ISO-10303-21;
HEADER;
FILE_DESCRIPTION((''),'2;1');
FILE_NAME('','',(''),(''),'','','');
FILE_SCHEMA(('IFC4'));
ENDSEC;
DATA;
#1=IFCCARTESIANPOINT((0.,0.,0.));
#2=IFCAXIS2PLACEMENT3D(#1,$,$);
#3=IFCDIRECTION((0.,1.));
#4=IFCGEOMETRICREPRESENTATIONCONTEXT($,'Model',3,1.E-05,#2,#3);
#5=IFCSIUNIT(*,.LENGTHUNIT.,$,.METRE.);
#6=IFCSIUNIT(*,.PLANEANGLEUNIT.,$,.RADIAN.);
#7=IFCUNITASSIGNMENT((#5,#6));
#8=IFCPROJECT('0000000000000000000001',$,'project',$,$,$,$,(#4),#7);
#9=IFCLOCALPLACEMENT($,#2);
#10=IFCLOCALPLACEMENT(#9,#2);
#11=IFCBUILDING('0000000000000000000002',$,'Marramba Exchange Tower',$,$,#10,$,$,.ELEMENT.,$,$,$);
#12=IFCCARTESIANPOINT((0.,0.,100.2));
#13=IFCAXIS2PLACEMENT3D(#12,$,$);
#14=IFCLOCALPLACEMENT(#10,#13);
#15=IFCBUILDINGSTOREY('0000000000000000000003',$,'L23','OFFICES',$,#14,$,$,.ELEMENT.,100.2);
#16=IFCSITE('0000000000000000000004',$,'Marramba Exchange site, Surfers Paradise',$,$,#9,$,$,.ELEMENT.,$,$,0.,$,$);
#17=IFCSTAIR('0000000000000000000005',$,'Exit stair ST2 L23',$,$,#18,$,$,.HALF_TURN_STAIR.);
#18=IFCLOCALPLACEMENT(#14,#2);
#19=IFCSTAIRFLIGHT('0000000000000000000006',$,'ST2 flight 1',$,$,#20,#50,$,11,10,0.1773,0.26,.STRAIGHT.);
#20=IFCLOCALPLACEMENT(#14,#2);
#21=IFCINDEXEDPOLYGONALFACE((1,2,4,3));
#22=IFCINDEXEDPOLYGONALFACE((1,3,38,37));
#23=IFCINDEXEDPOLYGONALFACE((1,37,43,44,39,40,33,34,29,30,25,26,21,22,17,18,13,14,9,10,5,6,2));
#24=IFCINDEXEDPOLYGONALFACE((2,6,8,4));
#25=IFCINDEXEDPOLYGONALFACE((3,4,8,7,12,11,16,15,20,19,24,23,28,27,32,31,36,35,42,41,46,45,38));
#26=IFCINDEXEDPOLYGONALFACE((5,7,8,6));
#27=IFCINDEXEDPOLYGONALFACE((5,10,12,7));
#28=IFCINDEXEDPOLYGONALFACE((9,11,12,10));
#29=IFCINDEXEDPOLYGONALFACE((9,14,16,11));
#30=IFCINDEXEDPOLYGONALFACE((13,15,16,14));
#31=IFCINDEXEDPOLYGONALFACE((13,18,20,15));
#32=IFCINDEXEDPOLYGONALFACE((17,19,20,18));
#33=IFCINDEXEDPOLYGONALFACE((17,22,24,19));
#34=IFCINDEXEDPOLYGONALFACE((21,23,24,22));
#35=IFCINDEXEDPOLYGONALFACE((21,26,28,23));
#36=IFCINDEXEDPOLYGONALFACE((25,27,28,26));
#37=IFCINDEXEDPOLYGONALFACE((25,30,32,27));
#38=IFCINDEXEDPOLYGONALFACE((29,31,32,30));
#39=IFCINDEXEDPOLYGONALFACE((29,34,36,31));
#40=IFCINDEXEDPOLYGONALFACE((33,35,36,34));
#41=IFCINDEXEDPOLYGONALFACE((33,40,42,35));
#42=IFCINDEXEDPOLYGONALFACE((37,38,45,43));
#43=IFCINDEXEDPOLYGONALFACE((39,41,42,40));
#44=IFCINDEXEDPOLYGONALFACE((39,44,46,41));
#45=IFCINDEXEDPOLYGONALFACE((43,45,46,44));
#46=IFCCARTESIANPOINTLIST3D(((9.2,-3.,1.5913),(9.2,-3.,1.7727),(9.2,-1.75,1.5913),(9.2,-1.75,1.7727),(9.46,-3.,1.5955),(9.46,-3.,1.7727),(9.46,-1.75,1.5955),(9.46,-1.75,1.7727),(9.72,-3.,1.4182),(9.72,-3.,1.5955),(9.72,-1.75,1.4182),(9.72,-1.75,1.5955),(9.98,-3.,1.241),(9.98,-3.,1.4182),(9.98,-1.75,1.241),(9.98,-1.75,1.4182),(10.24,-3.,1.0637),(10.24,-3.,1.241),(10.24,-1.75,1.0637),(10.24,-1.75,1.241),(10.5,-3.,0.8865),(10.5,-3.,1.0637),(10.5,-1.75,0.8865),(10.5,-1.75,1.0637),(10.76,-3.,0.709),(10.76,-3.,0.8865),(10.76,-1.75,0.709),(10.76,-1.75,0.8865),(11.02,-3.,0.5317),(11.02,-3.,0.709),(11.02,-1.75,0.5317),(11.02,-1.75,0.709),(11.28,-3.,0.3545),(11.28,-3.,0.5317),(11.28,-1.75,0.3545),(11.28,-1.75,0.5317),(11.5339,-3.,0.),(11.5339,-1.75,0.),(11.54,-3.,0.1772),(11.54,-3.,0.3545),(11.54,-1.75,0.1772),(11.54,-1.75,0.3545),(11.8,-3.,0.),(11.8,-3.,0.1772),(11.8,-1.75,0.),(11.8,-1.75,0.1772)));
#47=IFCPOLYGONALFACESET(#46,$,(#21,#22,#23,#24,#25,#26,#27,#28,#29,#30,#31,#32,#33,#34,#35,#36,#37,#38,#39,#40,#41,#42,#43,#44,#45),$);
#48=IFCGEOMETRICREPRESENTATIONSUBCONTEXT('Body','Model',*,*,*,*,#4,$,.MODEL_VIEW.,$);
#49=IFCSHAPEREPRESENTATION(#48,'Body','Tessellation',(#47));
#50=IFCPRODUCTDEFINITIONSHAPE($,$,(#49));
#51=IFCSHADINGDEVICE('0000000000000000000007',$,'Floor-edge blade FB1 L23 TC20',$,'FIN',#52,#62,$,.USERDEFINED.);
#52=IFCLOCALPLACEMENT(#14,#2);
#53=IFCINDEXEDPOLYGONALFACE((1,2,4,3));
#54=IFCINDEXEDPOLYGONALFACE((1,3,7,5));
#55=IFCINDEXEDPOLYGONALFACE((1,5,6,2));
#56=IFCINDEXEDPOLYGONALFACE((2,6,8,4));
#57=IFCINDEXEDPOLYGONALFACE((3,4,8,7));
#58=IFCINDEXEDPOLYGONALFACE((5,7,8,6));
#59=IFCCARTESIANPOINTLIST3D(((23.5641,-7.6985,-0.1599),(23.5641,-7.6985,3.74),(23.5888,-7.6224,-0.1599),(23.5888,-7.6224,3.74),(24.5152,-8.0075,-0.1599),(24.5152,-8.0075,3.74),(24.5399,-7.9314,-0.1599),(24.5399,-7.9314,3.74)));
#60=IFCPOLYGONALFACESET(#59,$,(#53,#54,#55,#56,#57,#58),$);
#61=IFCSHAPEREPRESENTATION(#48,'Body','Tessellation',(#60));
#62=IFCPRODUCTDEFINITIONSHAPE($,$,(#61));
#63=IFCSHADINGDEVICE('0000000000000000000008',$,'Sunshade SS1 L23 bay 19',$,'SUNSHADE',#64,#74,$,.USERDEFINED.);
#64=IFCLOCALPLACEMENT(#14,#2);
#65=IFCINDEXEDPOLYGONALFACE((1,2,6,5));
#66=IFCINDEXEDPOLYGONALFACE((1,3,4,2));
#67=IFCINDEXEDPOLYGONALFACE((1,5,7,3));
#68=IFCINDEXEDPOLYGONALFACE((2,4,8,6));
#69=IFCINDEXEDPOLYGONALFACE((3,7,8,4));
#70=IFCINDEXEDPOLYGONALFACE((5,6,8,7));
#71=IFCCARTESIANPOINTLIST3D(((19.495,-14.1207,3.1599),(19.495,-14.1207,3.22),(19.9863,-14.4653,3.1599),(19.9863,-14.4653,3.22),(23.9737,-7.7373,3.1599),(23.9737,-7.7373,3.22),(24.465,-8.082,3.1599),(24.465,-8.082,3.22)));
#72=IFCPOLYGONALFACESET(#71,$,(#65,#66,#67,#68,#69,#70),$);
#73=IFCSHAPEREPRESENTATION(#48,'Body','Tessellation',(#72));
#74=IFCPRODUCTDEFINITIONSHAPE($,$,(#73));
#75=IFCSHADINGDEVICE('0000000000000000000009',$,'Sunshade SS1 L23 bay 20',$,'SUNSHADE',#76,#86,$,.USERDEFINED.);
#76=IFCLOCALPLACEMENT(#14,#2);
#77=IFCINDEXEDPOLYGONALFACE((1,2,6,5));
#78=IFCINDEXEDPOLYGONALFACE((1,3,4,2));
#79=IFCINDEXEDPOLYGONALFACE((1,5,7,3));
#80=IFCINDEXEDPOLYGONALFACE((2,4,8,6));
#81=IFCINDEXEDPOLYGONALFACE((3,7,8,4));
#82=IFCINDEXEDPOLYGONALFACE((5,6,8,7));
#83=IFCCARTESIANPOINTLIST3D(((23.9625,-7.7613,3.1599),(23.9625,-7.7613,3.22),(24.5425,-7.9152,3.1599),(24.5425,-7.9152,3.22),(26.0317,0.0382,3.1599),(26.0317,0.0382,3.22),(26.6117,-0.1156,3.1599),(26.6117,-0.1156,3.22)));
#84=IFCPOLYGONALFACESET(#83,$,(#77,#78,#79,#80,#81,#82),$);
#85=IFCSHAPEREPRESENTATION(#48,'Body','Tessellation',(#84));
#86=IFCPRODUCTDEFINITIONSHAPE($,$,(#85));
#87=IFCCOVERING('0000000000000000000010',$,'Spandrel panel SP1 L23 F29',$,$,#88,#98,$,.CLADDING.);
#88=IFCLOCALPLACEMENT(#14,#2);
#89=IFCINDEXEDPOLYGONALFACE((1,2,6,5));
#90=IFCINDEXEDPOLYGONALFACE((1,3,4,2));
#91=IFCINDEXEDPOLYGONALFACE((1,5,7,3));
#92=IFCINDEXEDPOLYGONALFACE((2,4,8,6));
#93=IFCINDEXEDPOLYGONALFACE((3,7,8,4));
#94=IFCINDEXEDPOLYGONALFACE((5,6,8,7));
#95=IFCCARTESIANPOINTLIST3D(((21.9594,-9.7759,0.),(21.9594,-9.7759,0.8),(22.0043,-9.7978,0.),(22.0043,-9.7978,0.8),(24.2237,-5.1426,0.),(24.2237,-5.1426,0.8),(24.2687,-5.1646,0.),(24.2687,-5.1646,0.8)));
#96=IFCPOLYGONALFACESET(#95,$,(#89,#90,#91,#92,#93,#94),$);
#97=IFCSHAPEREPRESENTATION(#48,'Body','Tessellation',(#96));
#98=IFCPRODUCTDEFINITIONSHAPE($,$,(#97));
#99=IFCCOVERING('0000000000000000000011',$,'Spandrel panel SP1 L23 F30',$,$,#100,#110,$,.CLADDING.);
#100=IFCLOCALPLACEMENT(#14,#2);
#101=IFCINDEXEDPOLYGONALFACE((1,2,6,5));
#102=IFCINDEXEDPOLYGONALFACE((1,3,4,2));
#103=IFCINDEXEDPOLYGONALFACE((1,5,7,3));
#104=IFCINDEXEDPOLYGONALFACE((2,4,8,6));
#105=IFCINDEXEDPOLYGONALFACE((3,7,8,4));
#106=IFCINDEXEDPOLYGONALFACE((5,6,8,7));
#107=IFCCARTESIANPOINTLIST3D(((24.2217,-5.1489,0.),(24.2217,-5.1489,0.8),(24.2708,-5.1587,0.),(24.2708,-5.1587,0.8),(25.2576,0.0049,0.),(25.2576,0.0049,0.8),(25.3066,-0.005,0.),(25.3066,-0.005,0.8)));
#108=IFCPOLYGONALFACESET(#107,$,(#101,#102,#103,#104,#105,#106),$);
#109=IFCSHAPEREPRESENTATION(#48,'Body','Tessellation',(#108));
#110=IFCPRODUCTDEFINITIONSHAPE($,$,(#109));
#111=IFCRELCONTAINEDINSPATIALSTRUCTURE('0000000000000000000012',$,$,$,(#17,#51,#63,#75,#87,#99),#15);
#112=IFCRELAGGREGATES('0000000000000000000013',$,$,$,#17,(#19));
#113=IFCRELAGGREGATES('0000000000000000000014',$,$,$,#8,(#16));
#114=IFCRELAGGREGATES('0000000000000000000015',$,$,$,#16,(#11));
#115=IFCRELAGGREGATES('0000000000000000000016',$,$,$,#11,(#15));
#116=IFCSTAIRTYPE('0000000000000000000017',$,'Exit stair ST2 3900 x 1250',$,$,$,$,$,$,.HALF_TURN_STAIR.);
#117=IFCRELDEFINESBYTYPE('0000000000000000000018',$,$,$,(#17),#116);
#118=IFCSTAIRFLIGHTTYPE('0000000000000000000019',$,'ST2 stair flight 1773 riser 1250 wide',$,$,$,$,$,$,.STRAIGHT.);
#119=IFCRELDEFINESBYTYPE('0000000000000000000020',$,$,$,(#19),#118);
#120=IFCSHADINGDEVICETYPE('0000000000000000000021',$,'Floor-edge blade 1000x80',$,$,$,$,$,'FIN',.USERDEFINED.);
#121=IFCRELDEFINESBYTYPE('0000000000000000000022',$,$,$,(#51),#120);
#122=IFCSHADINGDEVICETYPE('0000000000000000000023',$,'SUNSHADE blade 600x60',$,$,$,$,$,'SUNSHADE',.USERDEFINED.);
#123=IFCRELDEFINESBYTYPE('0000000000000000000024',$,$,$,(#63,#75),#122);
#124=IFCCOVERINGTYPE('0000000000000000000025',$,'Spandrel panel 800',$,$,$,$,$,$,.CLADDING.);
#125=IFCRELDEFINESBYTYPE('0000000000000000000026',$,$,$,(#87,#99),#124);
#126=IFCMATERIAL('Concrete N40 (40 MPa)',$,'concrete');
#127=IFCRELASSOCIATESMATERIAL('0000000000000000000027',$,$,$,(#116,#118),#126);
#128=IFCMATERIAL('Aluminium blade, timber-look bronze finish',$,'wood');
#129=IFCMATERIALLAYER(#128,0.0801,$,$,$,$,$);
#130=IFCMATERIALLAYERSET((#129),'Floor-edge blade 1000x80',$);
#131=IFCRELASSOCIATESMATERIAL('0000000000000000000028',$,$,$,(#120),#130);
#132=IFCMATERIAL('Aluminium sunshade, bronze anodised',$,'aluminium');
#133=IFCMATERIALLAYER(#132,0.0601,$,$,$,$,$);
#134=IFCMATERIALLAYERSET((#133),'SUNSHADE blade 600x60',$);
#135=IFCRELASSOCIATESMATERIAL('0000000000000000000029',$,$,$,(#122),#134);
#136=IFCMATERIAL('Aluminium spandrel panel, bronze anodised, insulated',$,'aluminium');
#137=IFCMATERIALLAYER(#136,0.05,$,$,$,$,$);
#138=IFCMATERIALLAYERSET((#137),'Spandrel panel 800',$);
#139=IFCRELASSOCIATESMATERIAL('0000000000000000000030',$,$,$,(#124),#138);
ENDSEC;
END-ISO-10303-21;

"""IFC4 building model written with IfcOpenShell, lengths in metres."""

from ifc_helpers import new_model, si_unit, direction, frame, origin, origin_2d, place, context, subcontext, project, spatial, polyline, rectangle, outline, extrude, material, layer, layer_set, type_object, element, aggregate, save


model = new_model("IFC4")

# Units and contexts
model_context = context("Model", 3, precision=1e-05, world=origin(), true_north=direction((0.0, 1.0)))
body_context = subcontext(model_context, "Body", "Model", "MODEL_VIEW")
ifc_project = project(units=[si_unit("LENGTHUNIT", "METRE"), si_unit("PLANEANGLEUNIT", "RADIAN")], contexts=[model_context])

# Site, building, storey
site_placement = place(None, origin())
site = spatial("IfcSite", under=ifc_project, at=site_placement, Name="Marramba Exchange site, Surfers Paradise", CompositionType="ELEMENT", RefElevation=0.0)
building_placement = place(site_placement, origin())
building = spatial("IfcBuilding", under=site, at=building_placement, Name="Marramba Exchange Tower", CompositionType="ELEMENT")
storey_placement = place(building_placement, frame((0.0, 0.0, 100.2)))
storey = spatial("IfcBuildingStorey", under=building, at=storey_placement, Name="L23", Description="OFFICES", CompositionType="ELEMENT", Elevation=100.2)

# Stair, stair flight
ifc_material_1 = material(Name="Concrete N40 (40 MPa)", Category="concrete")
stair_type = type_object("IfcStairType", Name="Exit stair ST2 3900 x 1250", PredefinedType="HALF_TURN_STAIR", material=ifc_material_1)
stair_placement = place(storey_placement, origin())
stair = element("IfcStair", 1, at=stair_placement, inside=storey, type_object=stair_type, Name="Exit stair ST2 L23", PredefinedType="HALF_TURN_STAIR")
stair_flight_type = type_object("IfcStairFlightType", Name="ST2 stair flight 1773 riser 1250 wide", PredefinedType="STRAIGHT", material=ifc_material_1)
stair_flight_placement = place(storey_placement, frame((11.8, -2.375, 0.0), z_axis=(0.0, 0.0, 1.0), x_axis=(-1.0, 0.0, 0.0)))
stair_flight = element("IfcStairFlight", 2, at=stair_flight_placement, type_object=stair_flight_type, Name="ST2 flight 1", NumberOfRisers=11, NumberOfTreads=10, PredefinedType="STRAIGHT", RiserHeight=0.1773, TreadLength=0.26, context=body_context, shape_type="SweptSolid", body=[
    extrude(outline(polyline([(0.0, 0.0), (0.0, 0.1772), (0.26, 0.1772), (0.26, 0.3545), (0.52, 0.3545), (0.52, 0.5317), (0.78, 0.5317), (0.78, 0.709), (1.04, 0.709), (1.04, 0.8865), (1.3, 0.8865), (1.3, 1.0637), (1.5601, 1.0637), (1.5601, 1.241), (1.8201, 1.241), (1.8201, 1.4182), (2.0801, 1.4182), (2.0801, 1.5955), (2.3401, 1.5955), (2.3401, 1.7727), (2.6001, 1.7727), (2.6001, 1.95), (2.6001, 1.5913), (0.2661, 0.0), (0.0, 0.0)])), frame((0.0, 0.625, 0.0), z_axis=(0.0, -1.0, 0.0), x_axis=(1.0, 0.0, 0.0)), (0.0, 0.0, 1.0), 1.25),
])
aggregate(stair, [stair_flight])

# Shading devices
ifc_material_2 = material(Name="Aluminium blade, timber-look bronze finish", Category="wood")
ifc_layer_1 = layer(ifc_material_2, 0.0801)
ifc_layer_set_1 = layer_set([ifc_layer_1], Name="Floor-edge blade 1000x80")
shading_device_type_1 = type_object("IfcShadingDeviceType", Name="Floor-edge blade 1000x80", ElementType="FIN", PredefinedType="USERDEFINED", material=ifc_layer_set_1)
shading_device_1_placement = place(storey_placement, frame((24.052, -7.8149, -0.1599), z_axis=(0.0, 0.0, 1.0), x_axis=(0.951057, -0.309017, 0.0)))
element("IfcShadingDevice", 3, at=shading_device_1_placement, inside=storey, type_object=shading_device_type_1, Name="Floor-edge blade FB1 L23 TC20", ObjectType="FIN", PredefinedType="USERDEFINED", context=body_context, shape_type="SweptSolid", body=[
    extrude(rectangle(XDim=1.0, YDim=0.0801, at=origin_2d()), origin(), (0.0, 0.0, 1.0), 3.8999),
])
ifc_material_3 = material(Name="Aluminium sunshade, bronze anodised", Category="aluminium")
ifc_layer_2 = layer(ifc_material_3, 0.0601)
ifc_layer_set_2 = layer_set([ifc_layer_2], Name="SUNSHADE blade 600x60")
shading_device_type_2 = type_object("IfcShadingDeviceType", Name="SUNSHADE blade 600x60", ElementType="SUNSHADE", PredefinedType="USERDEFINED", material=ifc_layer_set_2)
shading_device_2_placement = place(storey_placement, frame((21.98, -11.1013, 3.1599), z_axis=(0.0, 0.0, 1.0), x_axis=(0.574351, 0.818609, 0.0)))
element("IfcShadingDevice", 4, at=shading_device_2_placement, inside=storey, type_object=shading_device_type_2, Name="Sunshade SS1 L23 bay 19", ObjectType="SUNSHADE", PredefinedType="USERDEFINED", context=body_context, shape_type="SweptSolid", body=[
    extrude(rectangle(XDim=7.7979, YDim=0.6001, at=origin_2d()), origin(), (0.0, 0.0, 1.0), 0.0601),
])
shading_device_3_placement = place(storey_placement, frame((25.2871, -3.9385, 3.1599), z_axis=(0.0, 0.0, 1.0), x_axis=(0.256423, 0.966565, 0.0)))
element("IfcShadingDevice", 5, at=shading_device_3_placement, inside=storey, type_object=shading_device_type_2, Name="Sunshade SS1 L23 bay 20", ObjectType="SUNSHADE", PredefinedType="USERDEFINED", context=body_context, shape_type="SweptSolid", body=[
    extrude(rectangle(XDim=8.0693, YDim=0.6001, at=origin_2d()), origin(), (0.0, 0.0, 1.0), 0.0601),
])

# Coverings
ifc_material_4 = material(Name="Aluminium spandrel panel, bronze anodised, insulated", Category="aluminium")
ifc_layer_3 = layer(ifc_material_4, 0.05)
ifc_layer_set_3 = layer_set([ifc_layer_3], Name="Spandrel panel 800")
covering_type = type_object("IfcCoveringType", Name="Spandrel panel 800", PredefinedType="CLADDING", material=ifc_layer_set_3)
covering_1_placement = place(storey_placement, frame((23.114, -7.4702, 0.0), z_axis=(0.0, 0.0, 1.0), x_axis=(0.439086, 0.898445, 0.0)))
element("IfcCovering", 6, at=covering_1_placement, inside=storey, type_object=covering_type, Name="Spandrel panel SP1 L23 F29", PredefinedType="CLADDING", context=body_context, shape_type="SweptSolid", body=[
    extrude(rectangle(XDim=5.157, YDim=0.05, at=origin_2d()), origin(), (0.0, 0.0, 1.0), 0.8),
])
covering_2_placement = place(storey_placement, frame((24.7642, -2.5769, 0.0), z_axis=(0.0, 0.0, 1.0), x_axis=(0.197049, 0.980394, 0.0)))
element("IfcCovering", 7, at=covering_2_placement, inside=storey, type_object=covering_type, Name="Spandrel panel SP1 L23 F30", PredefinedType="CLADDING", context=body_context, shape_type="SweptSolid", body=[
    extrude(rectangle(XDim=5.2568, YDim=0.05, at=origin_2d()), origin(), (0.0, 0.0, 1.0), 0.8),
])

save(model, "model.ifc")
